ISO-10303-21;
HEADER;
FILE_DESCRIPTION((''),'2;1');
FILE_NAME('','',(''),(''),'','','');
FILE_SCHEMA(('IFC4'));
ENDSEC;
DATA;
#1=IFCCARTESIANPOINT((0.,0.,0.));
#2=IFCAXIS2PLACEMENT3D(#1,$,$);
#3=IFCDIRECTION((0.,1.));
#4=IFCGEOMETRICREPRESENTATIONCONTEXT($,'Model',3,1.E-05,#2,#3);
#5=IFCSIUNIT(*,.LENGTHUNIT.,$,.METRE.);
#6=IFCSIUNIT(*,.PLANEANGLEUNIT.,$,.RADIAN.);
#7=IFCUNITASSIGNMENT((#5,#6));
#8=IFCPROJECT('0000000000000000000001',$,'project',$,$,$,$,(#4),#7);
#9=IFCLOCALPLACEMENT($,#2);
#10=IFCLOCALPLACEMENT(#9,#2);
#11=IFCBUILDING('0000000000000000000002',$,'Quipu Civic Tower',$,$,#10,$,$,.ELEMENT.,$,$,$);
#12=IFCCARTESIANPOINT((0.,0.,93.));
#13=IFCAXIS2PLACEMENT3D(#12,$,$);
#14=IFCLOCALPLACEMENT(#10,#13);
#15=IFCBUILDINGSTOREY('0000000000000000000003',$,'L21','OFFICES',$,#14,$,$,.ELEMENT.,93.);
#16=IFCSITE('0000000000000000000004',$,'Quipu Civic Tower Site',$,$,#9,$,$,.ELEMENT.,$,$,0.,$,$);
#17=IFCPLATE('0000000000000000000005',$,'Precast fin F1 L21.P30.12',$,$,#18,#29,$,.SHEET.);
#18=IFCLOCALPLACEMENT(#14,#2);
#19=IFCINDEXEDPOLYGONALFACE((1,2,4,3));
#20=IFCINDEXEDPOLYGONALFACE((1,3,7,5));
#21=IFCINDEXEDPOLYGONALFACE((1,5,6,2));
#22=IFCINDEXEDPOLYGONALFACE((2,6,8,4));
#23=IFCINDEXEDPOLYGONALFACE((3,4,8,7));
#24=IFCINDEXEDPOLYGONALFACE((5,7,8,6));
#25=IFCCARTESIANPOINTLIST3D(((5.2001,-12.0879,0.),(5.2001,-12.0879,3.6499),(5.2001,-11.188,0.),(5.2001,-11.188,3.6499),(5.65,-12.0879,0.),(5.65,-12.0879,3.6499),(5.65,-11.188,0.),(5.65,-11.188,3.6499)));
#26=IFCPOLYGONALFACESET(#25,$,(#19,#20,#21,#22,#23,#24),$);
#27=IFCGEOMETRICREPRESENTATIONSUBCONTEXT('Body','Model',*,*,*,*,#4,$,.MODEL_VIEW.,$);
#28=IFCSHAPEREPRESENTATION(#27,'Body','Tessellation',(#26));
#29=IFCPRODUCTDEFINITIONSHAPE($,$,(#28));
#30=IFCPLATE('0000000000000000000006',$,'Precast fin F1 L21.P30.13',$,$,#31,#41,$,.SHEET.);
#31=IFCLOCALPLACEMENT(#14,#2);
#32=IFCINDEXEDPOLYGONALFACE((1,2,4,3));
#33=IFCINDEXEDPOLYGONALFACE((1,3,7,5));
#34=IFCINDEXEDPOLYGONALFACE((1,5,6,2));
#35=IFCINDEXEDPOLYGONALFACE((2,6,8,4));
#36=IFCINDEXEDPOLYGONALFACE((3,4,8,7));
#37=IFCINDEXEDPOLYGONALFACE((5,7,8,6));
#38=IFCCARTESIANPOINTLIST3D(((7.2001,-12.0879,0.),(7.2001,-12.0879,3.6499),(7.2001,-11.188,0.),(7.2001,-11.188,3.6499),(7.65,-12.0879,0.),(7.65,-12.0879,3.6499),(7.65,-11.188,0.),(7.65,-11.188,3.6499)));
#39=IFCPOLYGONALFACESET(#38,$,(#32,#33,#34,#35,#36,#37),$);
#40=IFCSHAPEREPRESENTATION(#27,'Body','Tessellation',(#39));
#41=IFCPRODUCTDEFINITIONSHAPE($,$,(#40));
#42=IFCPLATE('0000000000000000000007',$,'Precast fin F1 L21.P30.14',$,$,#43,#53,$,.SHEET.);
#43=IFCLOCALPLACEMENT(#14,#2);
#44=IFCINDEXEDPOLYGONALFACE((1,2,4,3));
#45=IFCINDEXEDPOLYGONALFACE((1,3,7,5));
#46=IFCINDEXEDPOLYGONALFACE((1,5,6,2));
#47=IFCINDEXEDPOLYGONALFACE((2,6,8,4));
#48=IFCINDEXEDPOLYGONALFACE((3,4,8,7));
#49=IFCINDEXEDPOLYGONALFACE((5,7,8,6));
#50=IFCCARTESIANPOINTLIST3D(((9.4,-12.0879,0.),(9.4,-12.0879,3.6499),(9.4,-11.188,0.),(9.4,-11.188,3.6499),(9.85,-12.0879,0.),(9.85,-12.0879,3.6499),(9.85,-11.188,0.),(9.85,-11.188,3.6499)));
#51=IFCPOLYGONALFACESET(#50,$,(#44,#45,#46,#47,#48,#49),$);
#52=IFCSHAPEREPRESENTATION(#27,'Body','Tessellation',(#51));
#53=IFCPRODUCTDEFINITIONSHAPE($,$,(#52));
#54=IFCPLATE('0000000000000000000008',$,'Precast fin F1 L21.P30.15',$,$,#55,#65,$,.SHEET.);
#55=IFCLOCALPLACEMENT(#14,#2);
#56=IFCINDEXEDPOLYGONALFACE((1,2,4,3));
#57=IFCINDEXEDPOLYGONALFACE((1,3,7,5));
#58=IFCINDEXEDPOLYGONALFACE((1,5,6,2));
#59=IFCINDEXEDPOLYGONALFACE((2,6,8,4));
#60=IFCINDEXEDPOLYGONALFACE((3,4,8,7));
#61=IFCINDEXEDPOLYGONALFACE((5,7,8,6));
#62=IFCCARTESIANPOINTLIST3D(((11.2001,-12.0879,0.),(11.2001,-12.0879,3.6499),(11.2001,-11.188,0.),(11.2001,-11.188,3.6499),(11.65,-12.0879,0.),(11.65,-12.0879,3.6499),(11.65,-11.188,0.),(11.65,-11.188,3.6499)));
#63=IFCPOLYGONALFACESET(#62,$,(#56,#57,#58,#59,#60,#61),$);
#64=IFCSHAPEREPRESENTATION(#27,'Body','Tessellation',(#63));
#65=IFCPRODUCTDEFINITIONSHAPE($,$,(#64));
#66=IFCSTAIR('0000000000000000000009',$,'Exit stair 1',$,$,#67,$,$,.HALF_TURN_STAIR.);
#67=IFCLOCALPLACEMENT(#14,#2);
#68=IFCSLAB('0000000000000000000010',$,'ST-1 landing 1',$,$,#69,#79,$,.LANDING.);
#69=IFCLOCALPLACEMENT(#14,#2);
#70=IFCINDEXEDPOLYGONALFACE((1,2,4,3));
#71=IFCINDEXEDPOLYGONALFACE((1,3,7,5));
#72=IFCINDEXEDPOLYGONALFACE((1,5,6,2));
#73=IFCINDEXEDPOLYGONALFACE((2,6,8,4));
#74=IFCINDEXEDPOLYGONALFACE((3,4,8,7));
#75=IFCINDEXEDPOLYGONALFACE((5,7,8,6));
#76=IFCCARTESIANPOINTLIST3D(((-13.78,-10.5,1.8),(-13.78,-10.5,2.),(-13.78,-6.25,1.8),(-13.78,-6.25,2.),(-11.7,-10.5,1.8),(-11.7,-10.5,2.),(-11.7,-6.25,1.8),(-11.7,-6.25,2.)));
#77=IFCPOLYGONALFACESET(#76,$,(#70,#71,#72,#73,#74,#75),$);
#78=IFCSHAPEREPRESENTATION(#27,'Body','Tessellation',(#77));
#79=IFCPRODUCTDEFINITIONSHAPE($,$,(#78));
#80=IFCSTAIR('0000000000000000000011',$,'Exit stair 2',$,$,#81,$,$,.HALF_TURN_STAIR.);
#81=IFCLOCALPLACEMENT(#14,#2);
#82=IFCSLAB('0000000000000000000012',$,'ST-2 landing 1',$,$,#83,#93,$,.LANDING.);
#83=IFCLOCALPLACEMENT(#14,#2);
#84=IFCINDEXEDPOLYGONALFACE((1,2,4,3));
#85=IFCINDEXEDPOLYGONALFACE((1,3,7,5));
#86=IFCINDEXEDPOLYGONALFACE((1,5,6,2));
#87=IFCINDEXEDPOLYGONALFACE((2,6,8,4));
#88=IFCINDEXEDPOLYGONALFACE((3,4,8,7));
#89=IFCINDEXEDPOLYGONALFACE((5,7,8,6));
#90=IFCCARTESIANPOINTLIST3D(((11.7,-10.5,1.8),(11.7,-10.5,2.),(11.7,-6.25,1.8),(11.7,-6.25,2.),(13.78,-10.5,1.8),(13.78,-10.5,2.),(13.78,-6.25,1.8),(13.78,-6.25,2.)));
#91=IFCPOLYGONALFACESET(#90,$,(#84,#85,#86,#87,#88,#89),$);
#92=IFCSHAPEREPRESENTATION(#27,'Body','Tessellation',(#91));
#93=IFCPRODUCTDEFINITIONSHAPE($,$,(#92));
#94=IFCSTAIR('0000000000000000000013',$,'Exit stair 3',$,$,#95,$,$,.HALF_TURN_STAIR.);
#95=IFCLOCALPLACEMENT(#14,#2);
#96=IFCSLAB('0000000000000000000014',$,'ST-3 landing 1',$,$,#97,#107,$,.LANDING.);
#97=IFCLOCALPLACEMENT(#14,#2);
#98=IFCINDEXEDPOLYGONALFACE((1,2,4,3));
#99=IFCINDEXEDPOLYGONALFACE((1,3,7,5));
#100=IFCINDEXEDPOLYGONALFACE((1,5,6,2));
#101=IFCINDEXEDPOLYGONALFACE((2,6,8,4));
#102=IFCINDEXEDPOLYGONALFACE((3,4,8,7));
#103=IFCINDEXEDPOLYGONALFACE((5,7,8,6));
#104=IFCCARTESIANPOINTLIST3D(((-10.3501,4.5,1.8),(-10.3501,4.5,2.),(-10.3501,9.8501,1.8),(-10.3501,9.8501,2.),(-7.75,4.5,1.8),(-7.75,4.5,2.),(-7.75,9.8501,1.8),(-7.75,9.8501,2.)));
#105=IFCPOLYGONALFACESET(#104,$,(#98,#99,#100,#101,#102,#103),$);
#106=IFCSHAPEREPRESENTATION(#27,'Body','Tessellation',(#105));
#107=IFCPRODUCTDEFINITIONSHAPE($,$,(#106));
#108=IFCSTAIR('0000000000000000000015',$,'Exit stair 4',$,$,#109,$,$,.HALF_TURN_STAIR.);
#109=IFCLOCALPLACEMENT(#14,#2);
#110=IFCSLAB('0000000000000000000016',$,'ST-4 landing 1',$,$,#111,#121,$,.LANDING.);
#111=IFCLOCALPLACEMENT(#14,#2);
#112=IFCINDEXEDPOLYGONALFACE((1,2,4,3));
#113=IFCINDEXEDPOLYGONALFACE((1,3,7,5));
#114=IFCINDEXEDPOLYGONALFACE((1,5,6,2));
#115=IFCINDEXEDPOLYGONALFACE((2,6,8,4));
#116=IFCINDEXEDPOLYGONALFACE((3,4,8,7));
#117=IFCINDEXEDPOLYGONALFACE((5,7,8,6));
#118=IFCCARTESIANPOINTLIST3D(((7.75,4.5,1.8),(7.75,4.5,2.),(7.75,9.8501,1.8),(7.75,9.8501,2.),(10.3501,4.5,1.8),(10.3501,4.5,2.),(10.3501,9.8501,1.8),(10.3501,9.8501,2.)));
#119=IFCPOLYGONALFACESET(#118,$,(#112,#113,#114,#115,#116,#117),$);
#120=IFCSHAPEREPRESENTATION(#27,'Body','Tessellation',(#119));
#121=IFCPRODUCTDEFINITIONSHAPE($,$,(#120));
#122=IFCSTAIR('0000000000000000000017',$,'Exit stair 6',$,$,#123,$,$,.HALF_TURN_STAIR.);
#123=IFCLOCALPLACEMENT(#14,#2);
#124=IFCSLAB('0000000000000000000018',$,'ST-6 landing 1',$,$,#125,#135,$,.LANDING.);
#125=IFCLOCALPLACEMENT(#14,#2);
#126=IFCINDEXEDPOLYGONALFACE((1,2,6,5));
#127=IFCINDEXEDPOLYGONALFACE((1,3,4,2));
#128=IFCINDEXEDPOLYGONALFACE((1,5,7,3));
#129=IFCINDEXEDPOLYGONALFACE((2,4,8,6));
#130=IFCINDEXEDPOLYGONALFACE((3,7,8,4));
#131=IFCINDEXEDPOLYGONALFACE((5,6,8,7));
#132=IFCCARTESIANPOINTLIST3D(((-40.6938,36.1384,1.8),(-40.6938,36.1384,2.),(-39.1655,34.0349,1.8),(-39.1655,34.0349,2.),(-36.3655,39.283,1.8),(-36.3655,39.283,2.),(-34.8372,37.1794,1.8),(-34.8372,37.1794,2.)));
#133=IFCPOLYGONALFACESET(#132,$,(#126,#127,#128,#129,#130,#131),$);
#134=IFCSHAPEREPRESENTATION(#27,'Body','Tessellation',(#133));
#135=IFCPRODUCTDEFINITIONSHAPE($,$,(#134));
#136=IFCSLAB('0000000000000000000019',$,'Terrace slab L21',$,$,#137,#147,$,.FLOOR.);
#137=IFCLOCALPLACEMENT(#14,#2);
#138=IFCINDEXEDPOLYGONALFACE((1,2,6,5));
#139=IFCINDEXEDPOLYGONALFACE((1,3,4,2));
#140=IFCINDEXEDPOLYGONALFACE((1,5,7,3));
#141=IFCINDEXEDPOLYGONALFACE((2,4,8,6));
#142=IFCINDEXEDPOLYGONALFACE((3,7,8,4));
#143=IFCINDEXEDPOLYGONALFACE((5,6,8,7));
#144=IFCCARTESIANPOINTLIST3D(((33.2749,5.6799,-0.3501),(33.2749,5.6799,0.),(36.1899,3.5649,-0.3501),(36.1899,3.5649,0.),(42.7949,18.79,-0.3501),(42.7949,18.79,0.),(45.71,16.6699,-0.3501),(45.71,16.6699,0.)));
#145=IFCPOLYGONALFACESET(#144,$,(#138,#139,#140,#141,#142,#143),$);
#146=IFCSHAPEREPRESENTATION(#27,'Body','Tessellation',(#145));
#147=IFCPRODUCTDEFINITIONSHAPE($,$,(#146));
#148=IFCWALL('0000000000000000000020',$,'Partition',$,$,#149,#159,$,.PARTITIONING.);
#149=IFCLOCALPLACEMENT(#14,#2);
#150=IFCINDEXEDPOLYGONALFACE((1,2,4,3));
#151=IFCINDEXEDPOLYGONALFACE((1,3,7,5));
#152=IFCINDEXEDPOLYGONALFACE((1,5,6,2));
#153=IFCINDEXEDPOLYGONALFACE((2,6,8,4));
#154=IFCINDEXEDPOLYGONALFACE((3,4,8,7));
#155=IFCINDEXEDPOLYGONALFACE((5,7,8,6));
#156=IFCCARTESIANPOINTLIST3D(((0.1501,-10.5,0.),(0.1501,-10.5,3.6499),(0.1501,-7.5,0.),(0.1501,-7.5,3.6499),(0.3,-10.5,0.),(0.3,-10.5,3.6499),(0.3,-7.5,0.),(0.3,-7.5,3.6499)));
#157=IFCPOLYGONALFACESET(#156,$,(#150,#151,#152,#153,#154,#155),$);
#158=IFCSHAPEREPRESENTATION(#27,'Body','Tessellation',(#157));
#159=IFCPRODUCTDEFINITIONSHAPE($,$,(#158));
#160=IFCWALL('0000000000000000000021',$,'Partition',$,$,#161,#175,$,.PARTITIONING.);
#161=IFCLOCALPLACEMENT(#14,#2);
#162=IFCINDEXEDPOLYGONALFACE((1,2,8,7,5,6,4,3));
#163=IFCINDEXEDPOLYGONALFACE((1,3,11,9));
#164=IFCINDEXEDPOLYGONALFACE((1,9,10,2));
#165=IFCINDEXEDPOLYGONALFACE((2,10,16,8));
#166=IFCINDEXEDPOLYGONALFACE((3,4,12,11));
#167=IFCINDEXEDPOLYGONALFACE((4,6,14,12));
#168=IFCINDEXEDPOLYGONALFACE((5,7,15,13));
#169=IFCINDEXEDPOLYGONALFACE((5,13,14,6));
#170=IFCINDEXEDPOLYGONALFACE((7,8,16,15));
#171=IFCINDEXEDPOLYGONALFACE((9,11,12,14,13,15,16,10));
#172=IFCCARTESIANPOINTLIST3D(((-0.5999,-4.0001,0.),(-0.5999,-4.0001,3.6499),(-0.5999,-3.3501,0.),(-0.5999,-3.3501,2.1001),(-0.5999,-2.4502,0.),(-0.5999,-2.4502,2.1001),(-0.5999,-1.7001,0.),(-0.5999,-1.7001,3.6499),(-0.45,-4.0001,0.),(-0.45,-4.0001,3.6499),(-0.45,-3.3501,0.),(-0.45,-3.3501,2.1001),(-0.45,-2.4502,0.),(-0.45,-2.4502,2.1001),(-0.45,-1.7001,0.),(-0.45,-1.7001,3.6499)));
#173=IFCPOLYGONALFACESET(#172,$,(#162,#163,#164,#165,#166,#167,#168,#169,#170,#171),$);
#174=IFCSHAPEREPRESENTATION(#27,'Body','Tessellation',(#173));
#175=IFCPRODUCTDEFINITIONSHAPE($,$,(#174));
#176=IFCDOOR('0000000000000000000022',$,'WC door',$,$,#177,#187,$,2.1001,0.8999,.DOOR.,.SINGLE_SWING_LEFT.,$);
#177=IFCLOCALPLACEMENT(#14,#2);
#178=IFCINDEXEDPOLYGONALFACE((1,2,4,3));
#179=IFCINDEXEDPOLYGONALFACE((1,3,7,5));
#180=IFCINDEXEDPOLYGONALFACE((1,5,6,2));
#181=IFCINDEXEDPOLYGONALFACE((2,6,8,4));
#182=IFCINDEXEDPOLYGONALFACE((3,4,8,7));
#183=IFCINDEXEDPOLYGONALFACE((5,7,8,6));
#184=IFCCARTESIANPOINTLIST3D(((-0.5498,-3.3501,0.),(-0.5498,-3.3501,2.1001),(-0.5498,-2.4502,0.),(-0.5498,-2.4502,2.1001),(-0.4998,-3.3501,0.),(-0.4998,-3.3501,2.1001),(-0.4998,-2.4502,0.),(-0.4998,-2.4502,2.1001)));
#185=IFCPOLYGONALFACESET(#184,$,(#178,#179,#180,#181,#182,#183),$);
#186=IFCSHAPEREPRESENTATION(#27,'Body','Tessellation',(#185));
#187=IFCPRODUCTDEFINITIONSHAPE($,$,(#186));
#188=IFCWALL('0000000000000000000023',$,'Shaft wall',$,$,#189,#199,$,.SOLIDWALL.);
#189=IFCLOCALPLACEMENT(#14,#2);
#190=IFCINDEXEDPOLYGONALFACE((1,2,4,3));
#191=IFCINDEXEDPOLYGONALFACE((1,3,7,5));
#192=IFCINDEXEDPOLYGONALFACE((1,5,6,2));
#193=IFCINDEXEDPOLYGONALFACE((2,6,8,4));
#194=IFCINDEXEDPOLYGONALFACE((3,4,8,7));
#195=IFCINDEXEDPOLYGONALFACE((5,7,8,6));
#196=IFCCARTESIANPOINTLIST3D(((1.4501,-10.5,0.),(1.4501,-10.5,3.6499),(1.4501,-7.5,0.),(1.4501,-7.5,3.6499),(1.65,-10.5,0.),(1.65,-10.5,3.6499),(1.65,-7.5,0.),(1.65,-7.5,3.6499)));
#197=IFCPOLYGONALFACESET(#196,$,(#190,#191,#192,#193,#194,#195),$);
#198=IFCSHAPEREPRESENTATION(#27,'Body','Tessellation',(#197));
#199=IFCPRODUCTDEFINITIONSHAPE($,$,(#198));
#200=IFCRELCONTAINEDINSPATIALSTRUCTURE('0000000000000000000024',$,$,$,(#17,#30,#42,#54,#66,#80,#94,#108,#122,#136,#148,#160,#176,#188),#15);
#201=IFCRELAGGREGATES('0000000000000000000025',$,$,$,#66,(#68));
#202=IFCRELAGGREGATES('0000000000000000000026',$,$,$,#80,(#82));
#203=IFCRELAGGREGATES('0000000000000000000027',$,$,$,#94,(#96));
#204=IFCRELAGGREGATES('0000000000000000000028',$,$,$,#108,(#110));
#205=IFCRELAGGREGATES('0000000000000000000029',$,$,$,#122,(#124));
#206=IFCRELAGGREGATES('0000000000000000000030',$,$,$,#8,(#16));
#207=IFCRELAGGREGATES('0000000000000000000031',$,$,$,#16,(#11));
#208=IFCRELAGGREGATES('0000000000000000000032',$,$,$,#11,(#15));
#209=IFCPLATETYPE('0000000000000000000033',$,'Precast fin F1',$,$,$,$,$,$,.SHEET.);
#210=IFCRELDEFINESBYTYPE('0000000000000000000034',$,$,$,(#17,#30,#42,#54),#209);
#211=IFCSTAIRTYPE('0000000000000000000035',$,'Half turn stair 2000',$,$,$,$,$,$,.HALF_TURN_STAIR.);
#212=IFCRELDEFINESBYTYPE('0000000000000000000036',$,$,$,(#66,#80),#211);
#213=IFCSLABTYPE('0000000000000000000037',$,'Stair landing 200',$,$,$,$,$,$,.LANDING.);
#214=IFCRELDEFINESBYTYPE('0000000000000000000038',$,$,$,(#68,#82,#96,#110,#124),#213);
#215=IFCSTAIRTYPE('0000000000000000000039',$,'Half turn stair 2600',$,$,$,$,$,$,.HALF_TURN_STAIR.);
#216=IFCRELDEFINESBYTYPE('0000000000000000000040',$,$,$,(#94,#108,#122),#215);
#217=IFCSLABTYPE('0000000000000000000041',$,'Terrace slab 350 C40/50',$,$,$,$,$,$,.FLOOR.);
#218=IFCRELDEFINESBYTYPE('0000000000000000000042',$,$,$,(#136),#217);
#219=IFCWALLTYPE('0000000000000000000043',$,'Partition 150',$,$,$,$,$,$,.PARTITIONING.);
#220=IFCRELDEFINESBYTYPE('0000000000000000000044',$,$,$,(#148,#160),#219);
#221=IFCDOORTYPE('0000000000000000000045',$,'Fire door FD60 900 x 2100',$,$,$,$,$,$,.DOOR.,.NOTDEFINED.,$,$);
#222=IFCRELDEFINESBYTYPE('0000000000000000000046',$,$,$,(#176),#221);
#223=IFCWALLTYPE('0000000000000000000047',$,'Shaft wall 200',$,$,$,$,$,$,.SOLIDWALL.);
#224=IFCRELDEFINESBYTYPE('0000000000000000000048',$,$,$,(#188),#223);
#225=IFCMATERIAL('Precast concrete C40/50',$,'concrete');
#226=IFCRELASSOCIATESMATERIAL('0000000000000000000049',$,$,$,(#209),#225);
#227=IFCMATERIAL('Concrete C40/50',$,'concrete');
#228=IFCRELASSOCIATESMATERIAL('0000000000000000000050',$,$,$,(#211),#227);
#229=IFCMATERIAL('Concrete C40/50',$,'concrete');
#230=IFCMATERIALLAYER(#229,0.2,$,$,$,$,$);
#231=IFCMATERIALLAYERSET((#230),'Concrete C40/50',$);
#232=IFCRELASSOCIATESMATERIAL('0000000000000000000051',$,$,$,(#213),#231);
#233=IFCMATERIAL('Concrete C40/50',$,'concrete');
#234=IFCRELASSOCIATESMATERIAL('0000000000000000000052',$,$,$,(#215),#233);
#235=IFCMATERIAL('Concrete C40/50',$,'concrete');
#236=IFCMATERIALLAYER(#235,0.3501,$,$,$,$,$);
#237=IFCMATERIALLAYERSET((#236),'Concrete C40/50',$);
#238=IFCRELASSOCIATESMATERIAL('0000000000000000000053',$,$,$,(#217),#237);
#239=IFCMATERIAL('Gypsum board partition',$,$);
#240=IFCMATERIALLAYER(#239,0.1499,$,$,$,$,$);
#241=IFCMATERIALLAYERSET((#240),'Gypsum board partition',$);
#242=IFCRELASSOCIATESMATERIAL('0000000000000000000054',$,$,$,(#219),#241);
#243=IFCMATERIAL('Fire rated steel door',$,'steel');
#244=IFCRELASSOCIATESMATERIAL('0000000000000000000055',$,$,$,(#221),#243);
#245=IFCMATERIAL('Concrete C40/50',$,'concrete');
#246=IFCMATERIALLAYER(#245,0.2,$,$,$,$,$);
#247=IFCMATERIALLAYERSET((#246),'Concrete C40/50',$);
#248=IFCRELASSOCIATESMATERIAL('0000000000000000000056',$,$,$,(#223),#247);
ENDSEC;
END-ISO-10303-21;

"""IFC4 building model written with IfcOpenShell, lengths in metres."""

from ifc_helpers import new_model, si_unit, direction, frame, frame_2d, origin, origin_2d, place, context, subcontext, project, spatial, polyline, rectangle, outline, extrude, material, layer, layer_set, type_object, element, fill, aggregate, save


model = new_model("IFC4")

# Units and contexts
model_context = context("Model", 3, precision=1e-05, world=origin(), true_north=direction((0.0, 1.0)))
body_context = subcontext(model_context, "Body", "Model", "MODEL_VIEW")
ifc_project = project(units=[si_unit("LENGTHUNIT", "METRE"), si_unit("PLANEANGLEUNIT", "RADIAN")], contexts=[model_context])

# Site, building, storey
site_placement = place(None, origin())
site = spatial("IfcSite", under=ifc_project, at=site_placement, Name="Quipu Civic Tower Site", CompositionType="ELEMENT", RefElevation=0.0)
building_placement = place(site_placement, origin())
building = spatial("IfcBuilding", under=site, at=building_placement, Name="Quipu Civic Tower", CompositionType="ELEMENT")
storey_placement = place(building_placement, frame((0.0, 0.0, 93.0)))
storey = spatial("IfcBuildingStorey", under=building, at=storey_placement, Name="L21", Description="OFFICES", CompositionType="ELEMENT", Elevation=93.0)

# Plates
ifc_material_1 = material(Name="Precast concrete C40/50", Category="concrete")
plate_type = type_object("IfcPlateType", Name="Precast fin F1", PredefinedType="SHEET", material=ifc_material_1)
for number, where, z_axis, x_axis, name in (
    (1, (5.425, -11.6379, 0.0), (0.0, 0.0, 1.0), (1.0, 0.0, 0.0), "Precast fin F1 L21.P30.12"),
    (2, (7.425, -11.6379, 0.0), (0.0, 0.0, 1.0), (1.0, 0.0, 0.0), "Precast fin F1 L21.P30.13"),
    (3, (9.625, -11.6379, 0.0), (0.0, 0.0, 1.0), (1.0, 0.0, 0.0), "Precast fin F1 L21.P30.14"),
    (4, (11.425, -11.6379, 0.0), (0.0, 0.0, 1.0), (1.0, 0.0, 0.0), "Precast fin F1 L21.P30.15"),
):
    element("IfcPlate", number, at=place(storey_placement, frame(where, z_axis=z_axis, x_axis=x_axis)), inside=storey, type_object=plate_type, Name=name, PredefinedType="SHEET", context=body_context, shape_type="SweptSolid", body=[
        extrude(rectangle(XDim=0.45, YDim=0.8999, at=origin_2d()), origin(), (0.0, 0.0, 1.0), 3.6499),
    ])

# Stairs, slabs
ifc_material_2 = material(Name="Concrete C40/50", Category="concrete")
stair_type_1 = type_object("IfcStairType", Name="Half turn stair 2000", PredefinedType="HALF_TURN_STAIR", material=ifc_material_2)
stair_1_placement = place(storey_placement, origin())
stair_1 = element("IfcStair", 5, at=stair_1_placement, inside=storey, type_object=stair_type_1, Name="Exit stair 1", PredefinedType="HALF_TURN_STAIR")
ifc_material_3 = material(Name="Concrete C40/50", Category="concrete")
ifc_layer_1 = layer(ifc_material_3, 0.2)
ifc_layer_set_1 = layer_set([ifc_layer_1], Name="Concrete C40/50")
slab_type_1 = type_object("IfcSlabType", Name="Stair landing 200", PredefinedType="LANDING", material=ifc_layer_set_1)
slab_1_placement = place(storey_placement, frame((0.0, 0.0, 1.8)))
slab_1 = element("IfcSlab", 6, at=slab_1_placement, type_object=slab_type_1, Name="ST-1 landing 1", PredefinedType="LANDING", context=body_context, shape_type="SweptSolid", body=[
    extrude(outline(polyline([(-13.78, -10.5), (-11.7, -10.5), (-11.7, -6.25), (-13.78, -6.25), (-13.78, -10.5)])), origin(), (0.0, 0.0, 1.0), 0.2),
])
aggregate(stair_1, [slab_1])
stair_2_placement = place(storey_placement, origin())
stair_2 = element("IfcStair", 7, at=stair_2_placement, inside=storey, type_object=stair_type_1, Name="Exit stair 2", PredefinedType="HALF_TURN_STAIR")
slab_2_placement = place(storey_placement, frame((0.0, 0.0, 1.8)))
slab_2 = element("IfcSlab", 8, at=slab_2_placement, type_object=slab_type_1, Name="ST-2 landing 1", PredefinedType="LANDING", context=body_context, shape_type="SweptSolid", body=[
    extrude(outline(polyline([(13.78, -6.25), (11.7, -6.25), (11.7, -10.5), (13.78, -10.5), (13.78, -6.25)])), origin(), (0.0, 0.0, 1.0), 0.2),
])
aggregate(stair_2, [slab_2])
ifc_material_4 = material(Name="Concrete C40/50", Category="concrete")
stair_type_2 = type_object("IfcStairType", Name="Half turn stair 2600", PredefinedType="HALF_TURN_STAIR", material=ifc_material_4)
stair_3_placement = place(storey_placement, origin())
stair_3 = element("IfcStair", 9, at=stair_3_placement, inside=storey, type_object=stair_type_2, Name="Exit stair 3", PredefinedType="HALF_TURN_STAIR")
slab_3_placement = place(storey_placement, frame((0.0, 0.0, 1.8)))
slab_3 = element("IfcSlab", 10, at=slab_3_placement, type_object=slab_type_1, Name="ST-3 landing 1", PredefinedType="LANDING", context=body_context, shape_type="SweptSolid", body=[
    extrude(outline(polyline([(-10.3501, 4.5), (-7.75, 4.5), (-7.75, 9.8501), (-10.3501, 9.8501), (-10.3501, 4.5)])), origin(), (0.0, 0.0, 1.0), 0.2),
])
aggregate(stair_3, [slab_3])
stair_4_placement = place(storey_placement, origin())
stair_4 = element("IfcStair", 11, at=stair_4_placement, inside=storey, type_object=stair_type_2, Name="Exit stair 4", PredefinedType="HALF_TURN_STAIR")
slab_4_placement = place(storey_placement, frame((0.0, 0.0, 1.8)))
slab_4 = element("IfcSlab", 12, at=slab_4_placement, type_object=slab_type_1, Name="ST-4 landing 1", PredefinedType="LANDING", context=body_context, shape_type="SweptSolid", body=[
    extrude(outline(polyline([(10.3501, 9.8501), (7.75, 9.8501), (7.75, 4.5), (10.3501, 4.5), (10.3501, 9.8501)])), origin(), (0.0, 0.0, 1.0), 0.2),
])
aggregate(stair_4, [slab_4])
stair_5_placement = place(storey_placement, origin())
stair_5 = element("IfcStair", 13, at=stair_5_placement, inside=storey, type_object=stair_type_2, Name="Exit stair 6", PredefinedType="HALF_TURN_STAIR")
slab_5_placement = place(storey_placement, frame((0.0, 0.0, 1.8)))
slab_5 = element("IfcSlab", 14, at=slab_5_placement, type_object=slab_type_1, Name="ST-6 landing 1", PredefinedType="LANDING", context=body_context, shape_type="SweptSolid", body=[
    extrude(outline(polyline([(-34.8372, 37.1794), (-36.3655, 39.283), (-40.6938, 36.1384), (-39.1655, 34.0349), (-34.8372, 37.1794)])), origin(), (0.0, 0.0, 1.0), 0.2),
])
aggregate(stair_5, [slab_5])

# Slab
ifc_material_5 = material(Name="Concrete C40/50", Category="concrete")
ifc_layer_2 = layer(ifc_material_5, 0.3501)
ifc_layer_set_2 = layer_set([ifc_layer_2], Name="Concrete C40/50")
slab_type_2 = type_object("IfcSlabType", Name="Terrace slab 350 C40/50", PredefinedType="FLOOR", material=ifc_layer_set_2)
slab_6_placement = place(storey_placement, frame((0.0, 0.0, -0.3501)))
element("IfcSlab", 15, at=slab_6_placement, inside=storey, type_object=slab_type_2, Name="Terrace slab L21", PredefinedType="FLOOR", context=body_context, shape_type="SweptSolid", body=[
    extrude(outline(polyline([(45.71, 16.6699), (36.1899, 3.5649), (33.2749, 5.6799), (42.7949, 18.79), (45.71, 16.6699)])), origin(), (0.0, 0.0, 1.0), 0.3501),
])

# Wall
ifc_material_6 = material(Name="Gypsum board partition")
ifc_layer_3 = layer(ifc_material_6, 0.1499)
ifc_layer_set_3 = layer_set([ifc_layer_3], Name="Gypsum board partition")
wall_type_1 = type_object("IfcWallType", Name="Partition 150", PredefinedType="PARTITIONING", material=ifc_layer_set_3)
wall_1_placement = place(storey_placement, frame((0.2251, -10.5, 0.0), z_axis=(0.0, 0.0, 1.0), x_axis=(0.0, 1.0, 0.0)))
element("IfcWall", 16, at=wall_1_placement, inside=storey, type_object=wall_type_1, Name="Partition", PredefinedType="PARTITIONING", context=body_context, shape_type="SweptSolid", body=[
    extrude(rectangle(XDim=3.0, YDim=0.1499, at=frame_2d((1.5, 0.0))), origin(), (0.0, 0.0, 1.0), 3.6499),
])

# Wall, opening, door
wall_2_placement = place(storey_placement, frame((-0.5249, -4.0, 0.0), z_axis=(0.0, 0.0, 1.0), x_axis=(0.0, 1.0, 0.0)))
wall_2 = element("IfcWall", 17, at=wall_2_placement, inside=storey, type_object=wall_type_1, Name="Partition", PredefinedType="PARTITIONING", context=body_context, shape_type="SweptSolid", body=[
    extrude(rectangle(XDim=2.3, YDim=0.1499, at=frame_2d((1.1499, 0.0))), origin(), (0.0, 0.0, 1.0), 3.6499),
])
opening_placement = place(wall_2_placement, frame((0.6499, 0.0, 0.0)))
opening = element("IfcOpeningElement", 18, at=opening_placement, cuts=wall_2, PredefinedType="OPENING", context=body_context, shape_type="SweptSolid", body=[
    extrude(rectangle(XDim=0.8999, YDim=2.1001, at=frame_2d((0.45, 1.05))), frame((0.0, 0.085, 0.0), z_axis=(0.0, -1.0, 0.0), x_axis=(1.0, 0.0, 0.0)), (0.0, 0.0, 1.0), 0.1699),
])
ifc_material_7 = material(Name="Fire rated steel door", Category="steel")
door_type = type_object("IfcDoorType", Name="Fire door FD60 900 x 2100", OperationType="NOTDEFINED", PredefinedType="DOOR", material=ifc_material_7)
door_placement = place(opening_placement, origin())
door = element("IfcDoor", 19, at=door_placement, inside=storey, type_object=door_type, Name="WC door", OperationType="SINGLE_SWING_LEFT", OverallHeight=2.1001, OverallWidth=0.8999, PredefinedType="DOOR", context=body_context, shape_type="SweptSolid", body=[
    extrude(rectangle(XDim=0.8999, YDim=2.1001, at=frame_2d((0.45, 1.05))), frame((0.0, 0.0249, 0.0), z_axis=(0.0, -1.0, 0.0), x_axis=(1.0, 0.0, 0.0)), (0.0, 0.0, 1.0), 0.05),
])
fill(opening, door)

# Wall
ifc_material_8 = material(Name="Concrete C40/50", Category="concrete")
ifc_layer_4 = layer(ifc_material_8, 0.2)
ifc_layer_set_4 = layer_set([ifc_layer_4], Name="Concrete C40/50")
wall_type_2 = type_object("IfcWallType", Name="Shaft wall 200", PredefinedType="SOLIDWALL", material=ifc_layer_set_4)
for number, where, z_axis, x_axis, name in (
    (20, (1.55, -10.5, 0.0), (0.0, 0.0, 1.0), (0.0, 1.0, 0.0), "Shaft wall"),
):
    element("IfcWall", number, at=place(storey_placement, frame(where, z_axis=z_axis, x_axis=x_axis)), inside=storey, type_object=wall_type_2, Name=name, PredefinedType="SOLIDWALL", context=body_context, shape_type="SweptSolid", body=[
        extrude(rectangle(XDim=3.0, YDim=0.2, at=frame_2d((1.5, 0.0))), origin(), (0.0, 0.0, 1.0), 3.6499),
    ])

save(model, "model.ifc")
